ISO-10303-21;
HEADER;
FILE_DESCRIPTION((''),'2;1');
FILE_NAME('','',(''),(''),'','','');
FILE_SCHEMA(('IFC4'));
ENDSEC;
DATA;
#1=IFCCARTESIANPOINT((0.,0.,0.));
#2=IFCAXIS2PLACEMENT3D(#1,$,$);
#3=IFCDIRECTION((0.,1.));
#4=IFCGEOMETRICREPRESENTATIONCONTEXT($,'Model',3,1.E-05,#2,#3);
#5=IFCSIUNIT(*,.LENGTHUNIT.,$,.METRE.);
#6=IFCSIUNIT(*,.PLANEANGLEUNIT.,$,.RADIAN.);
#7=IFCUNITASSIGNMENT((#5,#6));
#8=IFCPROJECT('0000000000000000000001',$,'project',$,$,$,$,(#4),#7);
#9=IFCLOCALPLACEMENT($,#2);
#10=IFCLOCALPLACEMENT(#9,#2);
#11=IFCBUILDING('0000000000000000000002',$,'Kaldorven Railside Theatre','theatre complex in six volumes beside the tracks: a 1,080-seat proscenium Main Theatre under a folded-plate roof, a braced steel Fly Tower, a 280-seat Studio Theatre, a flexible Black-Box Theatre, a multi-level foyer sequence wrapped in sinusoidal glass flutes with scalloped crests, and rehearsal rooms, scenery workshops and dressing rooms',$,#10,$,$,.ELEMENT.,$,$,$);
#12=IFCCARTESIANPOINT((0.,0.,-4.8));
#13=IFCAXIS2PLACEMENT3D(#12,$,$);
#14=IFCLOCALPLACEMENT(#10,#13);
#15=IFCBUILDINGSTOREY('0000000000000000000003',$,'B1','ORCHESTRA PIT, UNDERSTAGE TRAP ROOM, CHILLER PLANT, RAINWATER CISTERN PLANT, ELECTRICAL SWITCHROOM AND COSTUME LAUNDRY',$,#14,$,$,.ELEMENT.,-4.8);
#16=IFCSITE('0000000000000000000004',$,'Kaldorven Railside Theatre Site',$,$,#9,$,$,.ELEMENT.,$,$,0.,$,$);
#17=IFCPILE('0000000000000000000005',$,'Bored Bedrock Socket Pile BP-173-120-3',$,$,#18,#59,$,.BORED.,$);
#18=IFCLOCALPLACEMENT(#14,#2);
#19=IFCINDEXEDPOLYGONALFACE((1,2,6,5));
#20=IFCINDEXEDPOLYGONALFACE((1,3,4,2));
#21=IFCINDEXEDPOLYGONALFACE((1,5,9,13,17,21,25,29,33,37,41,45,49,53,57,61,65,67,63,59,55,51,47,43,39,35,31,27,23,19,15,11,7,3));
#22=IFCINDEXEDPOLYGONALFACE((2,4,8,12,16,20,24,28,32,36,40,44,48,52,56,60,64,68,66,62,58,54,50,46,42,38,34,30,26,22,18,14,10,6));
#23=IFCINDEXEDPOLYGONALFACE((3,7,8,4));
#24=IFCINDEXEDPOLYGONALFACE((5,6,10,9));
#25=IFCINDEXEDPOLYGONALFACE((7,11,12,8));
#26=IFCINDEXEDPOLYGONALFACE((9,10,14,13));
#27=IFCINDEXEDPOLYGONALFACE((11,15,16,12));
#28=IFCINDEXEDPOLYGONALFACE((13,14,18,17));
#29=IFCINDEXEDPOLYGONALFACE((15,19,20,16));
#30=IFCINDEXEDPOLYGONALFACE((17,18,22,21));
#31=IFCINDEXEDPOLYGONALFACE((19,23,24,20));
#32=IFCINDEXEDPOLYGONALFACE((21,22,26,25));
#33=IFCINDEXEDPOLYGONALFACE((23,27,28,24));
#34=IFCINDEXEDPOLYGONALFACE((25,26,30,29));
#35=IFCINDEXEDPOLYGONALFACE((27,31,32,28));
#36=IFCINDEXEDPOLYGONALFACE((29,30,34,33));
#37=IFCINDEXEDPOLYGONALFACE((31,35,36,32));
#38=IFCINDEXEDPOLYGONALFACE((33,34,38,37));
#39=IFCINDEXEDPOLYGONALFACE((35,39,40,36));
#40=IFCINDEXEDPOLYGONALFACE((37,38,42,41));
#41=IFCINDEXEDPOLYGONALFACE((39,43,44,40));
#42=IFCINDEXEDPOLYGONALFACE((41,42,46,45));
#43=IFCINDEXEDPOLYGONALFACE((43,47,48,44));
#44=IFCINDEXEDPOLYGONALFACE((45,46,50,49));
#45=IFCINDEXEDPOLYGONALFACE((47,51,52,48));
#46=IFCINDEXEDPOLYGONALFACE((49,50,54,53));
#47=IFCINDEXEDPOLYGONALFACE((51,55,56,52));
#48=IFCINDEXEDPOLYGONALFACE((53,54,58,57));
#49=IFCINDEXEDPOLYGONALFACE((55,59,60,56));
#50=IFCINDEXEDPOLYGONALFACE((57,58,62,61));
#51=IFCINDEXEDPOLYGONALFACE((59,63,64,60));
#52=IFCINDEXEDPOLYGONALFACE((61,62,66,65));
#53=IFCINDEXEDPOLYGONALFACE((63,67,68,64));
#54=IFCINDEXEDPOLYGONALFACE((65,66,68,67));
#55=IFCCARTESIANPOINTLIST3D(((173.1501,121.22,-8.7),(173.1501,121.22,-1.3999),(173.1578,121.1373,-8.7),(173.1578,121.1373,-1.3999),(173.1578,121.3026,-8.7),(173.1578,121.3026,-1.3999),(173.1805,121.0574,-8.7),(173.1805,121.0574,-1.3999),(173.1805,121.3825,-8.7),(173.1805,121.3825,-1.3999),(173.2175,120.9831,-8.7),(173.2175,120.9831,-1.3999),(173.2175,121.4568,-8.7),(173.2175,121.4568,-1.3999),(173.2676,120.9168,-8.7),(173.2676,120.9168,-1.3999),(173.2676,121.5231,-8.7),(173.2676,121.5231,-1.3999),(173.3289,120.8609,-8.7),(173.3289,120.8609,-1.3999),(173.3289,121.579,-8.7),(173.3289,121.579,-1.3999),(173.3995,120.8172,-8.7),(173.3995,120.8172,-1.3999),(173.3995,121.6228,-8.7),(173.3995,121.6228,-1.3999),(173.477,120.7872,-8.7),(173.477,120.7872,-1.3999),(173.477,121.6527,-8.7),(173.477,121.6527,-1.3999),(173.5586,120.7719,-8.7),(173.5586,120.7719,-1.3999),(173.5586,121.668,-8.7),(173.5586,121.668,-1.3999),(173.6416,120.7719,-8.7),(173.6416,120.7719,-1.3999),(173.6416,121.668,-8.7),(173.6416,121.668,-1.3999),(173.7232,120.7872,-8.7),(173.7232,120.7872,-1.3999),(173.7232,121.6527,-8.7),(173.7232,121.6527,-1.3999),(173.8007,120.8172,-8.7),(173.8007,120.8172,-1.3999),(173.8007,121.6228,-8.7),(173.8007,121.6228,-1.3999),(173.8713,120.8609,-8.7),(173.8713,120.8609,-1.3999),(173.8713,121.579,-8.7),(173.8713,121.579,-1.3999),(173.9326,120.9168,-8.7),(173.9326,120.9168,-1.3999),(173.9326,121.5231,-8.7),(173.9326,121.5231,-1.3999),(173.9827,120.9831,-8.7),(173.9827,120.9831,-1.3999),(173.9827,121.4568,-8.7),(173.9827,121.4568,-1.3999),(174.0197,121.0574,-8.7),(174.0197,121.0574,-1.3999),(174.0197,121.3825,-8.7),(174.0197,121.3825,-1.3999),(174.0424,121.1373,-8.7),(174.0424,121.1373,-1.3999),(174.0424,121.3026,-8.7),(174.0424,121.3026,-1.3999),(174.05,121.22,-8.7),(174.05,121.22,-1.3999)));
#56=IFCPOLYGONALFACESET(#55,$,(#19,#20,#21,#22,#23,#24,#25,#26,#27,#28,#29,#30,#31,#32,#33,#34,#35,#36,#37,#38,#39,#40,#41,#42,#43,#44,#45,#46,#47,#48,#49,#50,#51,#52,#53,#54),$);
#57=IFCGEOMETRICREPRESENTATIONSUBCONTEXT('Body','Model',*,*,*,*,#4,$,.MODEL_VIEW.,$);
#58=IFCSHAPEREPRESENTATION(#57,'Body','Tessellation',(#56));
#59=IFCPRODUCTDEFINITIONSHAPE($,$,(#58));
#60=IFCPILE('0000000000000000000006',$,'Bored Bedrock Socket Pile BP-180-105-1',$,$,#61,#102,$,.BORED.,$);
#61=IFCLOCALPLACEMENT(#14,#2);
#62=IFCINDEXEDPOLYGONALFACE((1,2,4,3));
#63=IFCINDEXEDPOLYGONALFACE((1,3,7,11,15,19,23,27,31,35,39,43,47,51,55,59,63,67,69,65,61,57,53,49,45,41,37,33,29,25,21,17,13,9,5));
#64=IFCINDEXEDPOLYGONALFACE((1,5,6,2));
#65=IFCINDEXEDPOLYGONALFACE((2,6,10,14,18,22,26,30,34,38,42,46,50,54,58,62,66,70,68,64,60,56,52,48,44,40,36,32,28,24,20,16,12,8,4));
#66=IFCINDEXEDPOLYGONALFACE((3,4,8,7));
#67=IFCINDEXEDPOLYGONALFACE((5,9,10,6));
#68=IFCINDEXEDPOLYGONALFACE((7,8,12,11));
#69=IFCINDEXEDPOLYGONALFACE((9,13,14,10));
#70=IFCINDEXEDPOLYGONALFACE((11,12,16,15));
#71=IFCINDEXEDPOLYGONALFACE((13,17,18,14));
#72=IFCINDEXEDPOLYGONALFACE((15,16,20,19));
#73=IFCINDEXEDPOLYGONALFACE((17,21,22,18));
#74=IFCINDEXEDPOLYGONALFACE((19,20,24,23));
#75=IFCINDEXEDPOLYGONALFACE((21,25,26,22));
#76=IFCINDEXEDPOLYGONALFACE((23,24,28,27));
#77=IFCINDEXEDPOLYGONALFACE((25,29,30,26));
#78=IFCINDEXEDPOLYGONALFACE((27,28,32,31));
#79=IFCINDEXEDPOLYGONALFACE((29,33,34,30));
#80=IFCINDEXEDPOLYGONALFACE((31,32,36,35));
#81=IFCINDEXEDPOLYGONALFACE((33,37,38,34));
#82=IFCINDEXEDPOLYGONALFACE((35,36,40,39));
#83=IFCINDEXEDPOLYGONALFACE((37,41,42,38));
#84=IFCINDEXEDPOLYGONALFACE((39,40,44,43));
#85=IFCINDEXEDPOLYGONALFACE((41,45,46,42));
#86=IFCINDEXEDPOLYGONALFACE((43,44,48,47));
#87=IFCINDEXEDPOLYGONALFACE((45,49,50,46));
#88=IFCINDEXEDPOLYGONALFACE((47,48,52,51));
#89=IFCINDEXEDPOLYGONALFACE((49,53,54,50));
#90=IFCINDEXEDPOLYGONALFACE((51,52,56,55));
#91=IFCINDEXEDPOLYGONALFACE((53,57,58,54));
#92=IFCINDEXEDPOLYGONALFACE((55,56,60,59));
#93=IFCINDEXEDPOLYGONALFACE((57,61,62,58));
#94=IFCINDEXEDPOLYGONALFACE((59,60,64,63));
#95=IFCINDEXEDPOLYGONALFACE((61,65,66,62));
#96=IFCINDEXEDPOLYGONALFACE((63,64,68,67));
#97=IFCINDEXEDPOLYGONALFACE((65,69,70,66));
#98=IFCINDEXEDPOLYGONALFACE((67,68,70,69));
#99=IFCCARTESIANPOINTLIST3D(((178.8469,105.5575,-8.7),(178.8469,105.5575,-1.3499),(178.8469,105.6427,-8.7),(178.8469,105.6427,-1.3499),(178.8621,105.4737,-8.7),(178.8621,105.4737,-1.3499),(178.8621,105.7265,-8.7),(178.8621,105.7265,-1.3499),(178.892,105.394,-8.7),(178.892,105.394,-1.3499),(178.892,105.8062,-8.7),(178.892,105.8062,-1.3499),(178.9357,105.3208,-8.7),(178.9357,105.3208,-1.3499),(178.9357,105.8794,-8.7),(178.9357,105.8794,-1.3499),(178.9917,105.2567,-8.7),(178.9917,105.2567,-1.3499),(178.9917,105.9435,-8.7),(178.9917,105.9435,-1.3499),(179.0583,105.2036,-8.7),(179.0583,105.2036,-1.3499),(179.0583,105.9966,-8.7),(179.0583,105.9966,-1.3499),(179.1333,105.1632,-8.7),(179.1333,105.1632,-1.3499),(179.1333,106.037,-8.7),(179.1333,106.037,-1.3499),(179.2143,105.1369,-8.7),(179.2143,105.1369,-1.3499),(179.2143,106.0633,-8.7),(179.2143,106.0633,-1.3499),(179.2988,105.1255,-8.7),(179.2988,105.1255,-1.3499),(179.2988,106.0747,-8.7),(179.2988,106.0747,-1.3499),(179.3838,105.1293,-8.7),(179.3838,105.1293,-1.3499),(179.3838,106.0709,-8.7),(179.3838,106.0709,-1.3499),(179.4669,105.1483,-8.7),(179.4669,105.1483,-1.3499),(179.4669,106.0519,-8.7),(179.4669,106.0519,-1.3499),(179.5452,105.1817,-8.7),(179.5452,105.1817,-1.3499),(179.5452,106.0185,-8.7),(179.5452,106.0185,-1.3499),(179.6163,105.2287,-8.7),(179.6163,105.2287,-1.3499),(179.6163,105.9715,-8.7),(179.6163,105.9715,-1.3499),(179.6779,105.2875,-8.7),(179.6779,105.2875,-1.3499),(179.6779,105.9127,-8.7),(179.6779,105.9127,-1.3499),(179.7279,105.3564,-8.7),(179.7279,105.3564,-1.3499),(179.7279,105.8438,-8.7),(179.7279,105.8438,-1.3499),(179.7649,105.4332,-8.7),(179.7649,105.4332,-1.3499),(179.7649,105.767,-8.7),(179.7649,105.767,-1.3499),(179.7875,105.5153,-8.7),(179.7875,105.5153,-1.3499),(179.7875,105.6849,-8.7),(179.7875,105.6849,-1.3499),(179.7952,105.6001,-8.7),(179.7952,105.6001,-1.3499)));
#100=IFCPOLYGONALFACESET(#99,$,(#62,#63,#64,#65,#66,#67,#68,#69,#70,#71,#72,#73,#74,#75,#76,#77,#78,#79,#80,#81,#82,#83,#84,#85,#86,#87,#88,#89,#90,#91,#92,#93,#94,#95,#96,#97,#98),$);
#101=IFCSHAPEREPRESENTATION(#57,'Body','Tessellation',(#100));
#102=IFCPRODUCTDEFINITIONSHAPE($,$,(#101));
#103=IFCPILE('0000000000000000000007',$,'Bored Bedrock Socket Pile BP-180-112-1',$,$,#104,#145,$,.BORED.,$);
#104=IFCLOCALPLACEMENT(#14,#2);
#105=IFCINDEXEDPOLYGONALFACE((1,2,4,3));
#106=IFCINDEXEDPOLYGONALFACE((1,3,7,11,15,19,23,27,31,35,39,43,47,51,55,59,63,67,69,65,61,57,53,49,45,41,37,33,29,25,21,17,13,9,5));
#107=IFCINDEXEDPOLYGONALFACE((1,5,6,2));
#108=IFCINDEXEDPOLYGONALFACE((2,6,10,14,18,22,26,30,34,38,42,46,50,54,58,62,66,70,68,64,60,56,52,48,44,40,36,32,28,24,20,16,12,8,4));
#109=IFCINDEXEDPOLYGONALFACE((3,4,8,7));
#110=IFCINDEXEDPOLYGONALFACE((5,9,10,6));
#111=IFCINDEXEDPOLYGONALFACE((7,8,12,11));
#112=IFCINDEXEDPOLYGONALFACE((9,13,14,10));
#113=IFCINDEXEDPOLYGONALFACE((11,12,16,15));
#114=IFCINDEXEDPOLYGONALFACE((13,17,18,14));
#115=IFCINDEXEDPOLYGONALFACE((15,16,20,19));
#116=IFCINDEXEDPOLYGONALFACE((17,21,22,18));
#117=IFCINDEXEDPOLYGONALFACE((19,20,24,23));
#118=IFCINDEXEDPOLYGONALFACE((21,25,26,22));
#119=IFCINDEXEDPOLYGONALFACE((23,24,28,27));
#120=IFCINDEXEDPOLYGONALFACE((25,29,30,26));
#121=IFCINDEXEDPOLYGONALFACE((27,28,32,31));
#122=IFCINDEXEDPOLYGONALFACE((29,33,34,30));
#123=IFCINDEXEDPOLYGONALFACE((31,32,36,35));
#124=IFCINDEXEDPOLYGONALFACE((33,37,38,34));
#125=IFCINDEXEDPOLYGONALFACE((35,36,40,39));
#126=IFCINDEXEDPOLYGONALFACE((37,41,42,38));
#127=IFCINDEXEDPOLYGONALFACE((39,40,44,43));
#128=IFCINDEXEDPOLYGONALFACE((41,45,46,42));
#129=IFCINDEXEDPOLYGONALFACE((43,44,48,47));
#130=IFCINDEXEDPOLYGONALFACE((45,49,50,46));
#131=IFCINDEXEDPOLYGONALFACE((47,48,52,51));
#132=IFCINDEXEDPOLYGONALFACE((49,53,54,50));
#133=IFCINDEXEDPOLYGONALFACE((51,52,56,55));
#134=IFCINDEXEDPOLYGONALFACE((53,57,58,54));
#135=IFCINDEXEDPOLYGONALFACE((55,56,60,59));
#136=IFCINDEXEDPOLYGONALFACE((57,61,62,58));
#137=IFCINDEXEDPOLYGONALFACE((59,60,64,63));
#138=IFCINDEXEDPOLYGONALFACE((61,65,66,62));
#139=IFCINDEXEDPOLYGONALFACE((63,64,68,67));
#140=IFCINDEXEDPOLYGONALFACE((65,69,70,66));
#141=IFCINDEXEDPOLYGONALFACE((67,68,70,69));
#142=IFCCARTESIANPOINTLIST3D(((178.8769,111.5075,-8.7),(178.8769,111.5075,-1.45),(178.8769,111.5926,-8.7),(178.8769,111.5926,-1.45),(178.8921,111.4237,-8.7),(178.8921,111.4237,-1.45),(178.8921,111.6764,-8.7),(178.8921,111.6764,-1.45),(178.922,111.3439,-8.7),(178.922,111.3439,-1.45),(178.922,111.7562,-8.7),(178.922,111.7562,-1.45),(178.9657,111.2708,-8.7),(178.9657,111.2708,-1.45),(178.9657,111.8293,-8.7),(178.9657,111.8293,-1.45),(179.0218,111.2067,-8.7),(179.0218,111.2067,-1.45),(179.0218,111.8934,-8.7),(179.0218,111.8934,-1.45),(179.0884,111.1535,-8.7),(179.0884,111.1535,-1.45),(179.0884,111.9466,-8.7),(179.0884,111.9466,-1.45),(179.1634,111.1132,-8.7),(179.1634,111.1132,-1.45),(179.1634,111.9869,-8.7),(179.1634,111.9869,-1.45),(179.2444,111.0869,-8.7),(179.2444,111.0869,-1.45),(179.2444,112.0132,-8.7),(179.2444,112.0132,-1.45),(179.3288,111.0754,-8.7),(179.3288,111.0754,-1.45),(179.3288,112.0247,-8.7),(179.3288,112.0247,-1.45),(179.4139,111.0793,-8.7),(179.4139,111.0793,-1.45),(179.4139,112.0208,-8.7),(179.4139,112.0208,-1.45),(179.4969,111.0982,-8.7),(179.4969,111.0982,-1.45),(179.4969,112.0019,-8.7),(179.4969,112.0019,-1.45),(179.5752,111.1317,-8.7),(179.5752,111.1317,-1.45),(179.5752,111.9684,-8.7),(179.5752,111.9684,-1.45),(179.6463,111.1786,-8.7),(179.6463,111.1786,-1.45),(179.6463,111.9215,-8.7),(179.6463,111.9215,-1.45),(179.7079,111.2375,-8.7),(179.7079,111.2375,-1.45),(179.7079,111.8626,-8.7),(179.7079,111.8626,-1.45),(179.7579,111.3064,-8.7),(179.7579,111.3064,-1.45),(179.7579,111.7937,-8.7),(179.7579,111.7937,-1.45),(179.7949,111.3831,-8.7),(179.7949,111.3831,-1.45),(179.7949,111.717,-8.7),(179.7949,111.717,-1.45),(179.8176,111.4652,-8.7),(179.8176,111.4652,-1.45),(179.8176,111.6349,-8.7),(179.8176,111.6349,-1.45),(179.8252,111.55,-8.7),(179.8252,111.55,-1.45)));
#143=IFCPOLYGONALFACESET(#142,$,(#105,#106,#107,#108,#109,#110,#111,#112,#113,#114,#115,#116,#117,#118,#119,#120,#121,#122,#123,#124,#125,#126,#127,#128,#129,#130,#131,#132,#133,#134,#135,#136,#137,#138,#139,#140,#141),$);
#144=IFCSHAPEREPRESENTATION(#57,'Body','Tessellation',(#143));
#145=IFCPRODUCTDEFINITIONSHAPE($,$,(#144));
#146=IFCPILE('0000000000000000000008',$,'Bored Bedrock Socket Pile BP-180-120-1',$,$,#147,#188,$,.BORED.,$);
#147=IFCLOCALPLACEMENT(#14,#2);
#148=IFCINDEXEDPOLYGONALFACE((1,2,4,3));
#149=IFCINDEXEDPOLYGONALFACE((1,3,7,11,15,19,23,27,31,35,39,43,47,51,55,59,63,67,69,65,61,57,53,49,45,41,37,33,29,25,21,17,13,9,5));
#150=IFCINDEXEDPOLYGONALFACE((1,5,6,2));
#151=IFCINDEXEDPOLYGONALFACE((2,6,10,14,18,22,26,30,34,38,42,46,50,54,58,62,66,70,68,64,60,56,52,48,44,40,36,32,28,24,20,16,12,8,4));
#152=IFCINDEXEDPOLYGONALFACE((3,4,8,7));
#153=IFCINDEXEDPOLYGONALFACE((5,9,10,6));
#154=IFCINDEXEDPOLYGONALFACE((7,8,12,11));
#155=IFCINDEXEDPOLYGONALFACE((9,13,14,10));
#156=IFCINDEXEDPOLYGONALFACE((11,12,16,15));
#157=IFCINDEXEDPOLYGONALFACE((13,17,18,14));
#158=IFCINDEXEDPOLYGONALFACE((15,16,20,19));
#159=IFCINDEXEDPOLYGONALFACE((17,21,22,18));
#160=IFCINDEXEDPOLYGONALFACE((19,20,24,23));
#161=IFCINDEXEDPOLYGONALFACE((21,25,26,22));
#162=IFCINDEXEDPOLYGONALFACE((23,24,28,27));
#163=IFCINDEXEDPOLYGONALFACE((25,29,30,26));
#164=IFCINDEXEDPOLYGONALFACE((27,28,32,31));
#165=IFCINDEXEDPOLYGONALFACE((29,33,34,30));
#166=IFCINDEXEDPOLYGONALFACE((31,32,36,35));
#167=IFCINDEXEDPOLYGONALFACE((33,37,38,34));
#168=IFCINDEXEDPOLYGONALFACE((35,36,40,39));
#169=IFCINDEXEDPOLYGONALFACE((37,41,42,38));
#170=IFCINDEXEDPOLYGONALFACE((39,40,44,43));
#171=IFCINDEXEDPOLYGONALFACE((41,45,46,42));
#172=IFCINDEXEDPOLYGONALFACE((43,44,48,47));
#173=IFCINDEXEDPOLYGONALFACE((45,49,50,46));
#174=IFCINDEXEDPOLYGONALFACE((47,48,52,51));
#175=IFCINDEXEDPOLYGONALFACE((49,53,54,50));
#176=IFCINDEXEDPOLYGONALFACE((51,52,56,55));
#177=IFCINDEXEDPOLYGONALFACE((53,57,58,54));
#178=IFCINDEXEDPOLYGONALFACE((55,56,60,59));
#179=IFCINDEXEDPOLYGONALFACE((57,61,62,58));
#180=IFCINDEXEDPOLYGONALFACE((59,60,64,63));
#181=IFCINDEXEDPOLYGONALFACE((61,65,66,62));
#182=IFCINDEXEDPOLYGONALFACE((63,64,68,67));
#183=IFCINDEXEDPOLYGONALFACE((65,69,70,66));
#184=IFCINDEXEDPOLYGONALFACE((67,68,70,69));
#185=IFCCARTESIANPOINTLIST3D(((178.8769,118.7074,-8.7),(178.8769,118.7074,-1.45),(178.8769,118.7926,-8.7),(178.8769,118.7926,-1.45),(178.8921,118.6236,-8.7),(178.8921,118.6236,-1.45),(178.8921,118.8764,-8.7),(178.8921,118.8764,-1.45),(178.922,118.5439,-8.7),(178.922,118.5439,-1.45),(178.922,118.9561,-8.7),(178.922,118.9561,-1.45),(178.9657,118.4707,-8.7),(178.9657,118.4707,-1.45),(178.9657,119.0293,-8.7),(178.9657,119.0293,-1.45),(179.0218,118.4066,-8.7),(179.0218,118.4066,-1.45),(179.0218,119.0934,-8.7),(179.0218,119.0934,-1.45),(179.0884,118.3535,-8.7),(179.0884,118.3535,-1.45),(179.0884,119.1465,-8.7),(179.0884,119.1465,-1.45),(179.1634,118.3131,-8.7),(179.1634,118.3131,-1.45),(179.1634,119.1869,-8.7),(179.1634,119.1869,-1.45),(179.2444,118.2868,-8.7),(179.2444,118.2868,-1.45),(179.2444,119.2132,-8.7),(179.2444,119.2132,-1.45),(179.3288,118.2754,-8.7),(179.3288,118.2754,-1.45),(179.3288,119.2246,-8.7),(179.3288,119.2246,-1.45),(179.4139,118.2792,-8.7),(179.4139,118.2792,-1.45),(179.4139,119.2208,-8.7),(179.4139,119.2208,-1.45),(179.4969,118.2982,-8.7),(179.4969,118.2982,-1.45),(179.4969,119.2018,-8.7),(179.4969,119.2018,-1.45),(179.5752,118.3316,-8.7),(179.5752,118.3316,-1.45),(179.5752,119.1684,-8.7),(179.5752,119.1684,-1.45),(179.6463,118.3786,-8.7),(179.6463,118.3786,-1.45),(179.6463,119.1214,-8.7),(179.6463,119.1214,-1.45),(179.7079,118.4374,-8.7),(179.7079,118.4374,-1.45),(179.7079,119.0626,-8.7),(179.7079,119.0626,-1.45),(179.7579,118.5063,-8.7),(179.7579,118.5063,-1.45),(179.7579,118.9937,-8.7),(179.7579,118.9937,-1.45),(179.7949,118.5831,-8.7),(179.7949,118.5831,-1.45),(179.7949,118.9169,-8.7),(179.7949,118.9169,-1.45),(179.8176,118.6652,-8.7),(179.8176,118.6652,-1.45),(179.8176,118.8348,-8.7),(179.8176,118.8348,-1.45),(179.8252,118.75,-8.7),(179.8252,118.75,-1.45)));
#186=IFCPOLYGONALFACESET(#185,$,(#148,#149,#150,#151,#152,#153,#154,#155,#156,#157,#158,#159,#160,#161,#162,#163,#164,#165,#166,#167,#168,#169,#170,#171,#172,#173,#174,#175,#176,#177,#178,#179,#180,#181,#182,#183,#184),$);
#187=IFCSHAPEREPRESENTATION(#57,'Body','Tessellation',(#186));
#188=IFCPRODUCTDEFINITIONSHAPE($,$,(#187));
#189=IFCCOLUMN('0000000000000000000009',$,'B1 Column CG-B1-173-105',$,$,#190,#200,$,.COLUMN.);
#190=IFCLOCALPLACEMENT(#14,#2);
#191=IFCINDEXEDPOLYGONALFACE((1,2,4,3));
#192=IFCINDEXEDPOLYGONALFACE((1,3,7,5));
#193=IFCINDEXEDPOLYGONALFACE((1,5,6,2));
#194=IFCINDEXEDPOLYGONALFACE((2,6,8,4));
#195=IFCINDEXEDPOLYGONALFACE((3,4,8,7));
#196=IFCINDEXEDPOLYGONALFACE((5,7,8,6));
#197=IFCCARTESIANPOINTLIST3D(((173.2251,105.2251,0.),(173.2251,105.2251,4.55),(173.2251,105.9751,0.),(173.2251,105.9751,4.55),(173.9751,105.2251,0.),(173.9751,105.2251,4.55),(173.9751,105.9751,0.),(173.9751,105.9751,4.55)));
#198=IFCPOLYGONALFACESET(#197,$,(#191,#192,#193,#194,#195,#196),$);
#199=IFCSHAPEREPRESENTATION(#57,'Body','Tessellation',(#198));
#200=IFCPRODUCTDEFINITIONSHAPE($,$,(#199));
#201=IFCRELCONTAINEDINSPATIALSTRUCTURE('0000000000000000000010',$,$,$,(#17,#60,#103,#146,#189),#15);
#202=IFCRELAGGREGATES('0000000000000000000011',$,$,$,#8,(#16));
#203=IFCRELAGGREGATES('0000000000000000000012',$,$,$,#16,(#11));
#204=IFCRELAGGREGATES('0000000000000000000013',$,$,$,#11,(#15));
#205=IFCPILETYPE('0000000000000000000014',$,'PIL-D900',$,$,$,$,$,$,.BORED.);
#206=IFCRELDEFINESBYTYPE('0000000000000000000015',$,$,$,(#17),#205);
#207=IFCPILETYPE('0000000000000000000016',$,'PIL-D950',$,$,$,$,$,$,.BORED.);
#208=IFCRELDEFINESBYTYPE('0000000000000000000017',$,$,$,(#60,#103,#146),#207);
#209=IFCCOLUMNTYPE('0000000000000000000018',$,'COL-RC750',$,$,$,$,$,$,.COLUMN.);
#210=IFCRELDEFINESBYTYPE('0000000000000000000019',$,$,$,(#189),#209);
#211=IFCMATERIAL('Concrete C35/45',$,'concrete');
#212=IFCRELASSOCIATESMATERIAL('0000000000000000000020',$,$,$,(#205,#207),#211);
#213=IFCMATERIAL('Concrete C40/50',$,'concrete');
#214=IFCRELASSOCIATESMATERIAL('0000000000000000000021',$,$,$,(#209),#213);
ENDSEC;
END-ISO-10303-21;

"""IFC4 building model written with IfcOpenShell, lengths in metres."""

from ifc_helpers import new_model, si_unit, direction, frame, origin, origin_2d, place, context, subcontext, project, spatial, rectangle, circle, extrude, material, material_profile, profile_set, type_object, element, save


model = new_model("IFC4")

# Units and contexts
model_context = context("Model", 3, precision=1e-05, world=origin(), true_north=direction((0.0, 1.0)))
body_context = subcontext(model_context, "Body", "Model", "MODEL_VIEW")
ifc_project = project(units=[si_unit("LENGTHUNIT", "METRE"), si_unit("PLANEANGLEUNIT", "RADIAN")], contexts=[model_context])

# Site, building, storey
site_placement = place(None, origin())
site = spatial("IfcSite", under=ifc_project, at=site_placement, Name="Kaldorven Railside Theatre Site", CompositionType="ELEMENT", RefElevation=0.0)
building_placement = place(site_placement, origin())
building = spatial("IfcBuilding", under=site, at=building_placement, Name="Kaldorven Railside Theatre", Description="theatre complex in six volumes beside the tracks: a 1,080-seat proscenium Main Theatre under a folded-plate roof, a braced steel Fly Tower, a 280-seat Studio Theatre, a flexible Black-Box Theatre, a multi-level foyer sequence wrapped in sinusoidal glass flutes with scalloped crests, and rehearsal rooms, scenery workshops and dressing rooms", CompositionType="ELEMENT")
storey_placement = place(building_placement, frame((0.0, 0.0, -4.8)))
storey = spatial("IfcBuildingStorey", under=building, at=storey_placement, Name="B1", Description="ORCHESTRA PIT, UNDERSTAGE TRAP ROOM, CHILLER PLANT, RAINWATER CISTERN PLANT, ELECTRICAL SWITCHROOM AND COSTUME LAUNDRY", CompositionType="ELEMENT", Elevation=-4.8)

# Shared definitions
ifc_material_1 = material(Name="Concrete C40/50", Category="concrete")

# Piles
ifc_material_2 = material(Name="Concrete C35/45", Category="concrete")
ifc_material_profile_1 = material_profile(ifc_material_2, circle(Radius=0.45, at=origin_2d()), Name="BP D900")
ifc_profile_set_1 = profile_set([ifc_material_profile_1], Name="Concrete C35/45")
pile_type_1 = type_object("IfcPileType", Name="PIL-D900", PredefinedType="BORED", material=ifc_profile_set_1)
for number, where, z_axis, x_axis, name in (
    (1, (173.6001, 121.22, -1.3999), (0.0, 0.0, -1.0), (1.0, 0.0, 0.0), "Bored Bedrock Socket Pile BP-173-120-3"),
):
    element("IfcPile", number, at=place(storey_placement, frame(where, z_axis=z_axis, x_axis=x_axis)), inside=storey, type_object=pile_type_1, Name=name, PredefinedType="BORED", context=body_context, shape_type="SweptSolid", body=[
        extrude(circle(Radius=0.45, at=origin_2d()), origin(), (0.0, 0.0, 1.0), 7.3),
    ])
ifc_material_profile_2 = material_profile(ifc_material_2, circle(Radius=0.4751, at=origin_2d()), Name="BP D950")
ifc_profile_set_2 = profile_set([ifc_material_profile_2], Name="Concrete C35/45")
pile_type_2 = type_object("IfcPileType", Name="PIL-D950", PredefinedType="BORED", material=ifc_profile_set_2)
pile_placement = place(storey_placement, frame((179.3201, 105.6001, -1.3499), z_axis=(0.0, 0.0, -1.0), x_axis=(1.0, 0.0, 0.0)))
element("IfcPile", 2, at=pile_placement, inside=storey, type_object=pile_type_2, Name="Bored Bedrock Socket Pile BP-180-105-1", PredefinedType="BORED", context=body_context, shape_type="SweptSolid", body=[
    extrude(circle(Radius=0.4751, at=origin_2d()), origin(), (0.0, 0.0, 1.0), 7.3501),
])
for number, where, z_axis, x_axis, name in (
    (3, (179.3501, 111.55, -1.45), (0.0, 0.0, -1.0), (1.0, 0.0, 0.0), "Bored Bedrock Socket Pile BP-180-112-1"),
    (4, (179.3501, 118.75, -1.45), (0.0, 0.0, -1.0), (1.0, 0.0, 0.0), "Bored Bedrock Socket Pile BP-180-120-1"),
):
    element("IfcPile", number, at=place(storey_placement, frame(where, z_axis=z_axis, x_axis=x_axis)), inside=storey, type_object=pile_type_2, Name=name, PredefinedType="BORED", context=body_context, shape_type="SweptSolid", body=[
        extrude(circle(Radius=0.4751, at=origin_2d()), origin(), (0.0, 0.0, 1.0), 7.25),
    ])

# Column
ifc_material_profile_3 = material_profile(ifc_material_1, rectangle(XDim=0.75, YDim=0.75, at=origin_2d()), Name="RC 750x750")
ifc_profile_set_3 = profile_set([ifc_material_profile_3], Name="Concrete C40/50")
column_type = type_object("IfcColumnType", Name="COL-RC750", PredefinedType="COLUMN", material=ifc_profile_set_3)
column_placement = place(storey_placement, frame((173.6001, 105.6001, 0.0), z_axis=(0.0, 0.0, 1.0), x_axis=(0.0, 1.0, 0.0)))
element("IfcColumn", 5, at=column_placement, inside=storey, type_object=column_type, Name="B1 Column CG-B1-173-105", PredefinedType="COLUMN", context=body_context, shape_type="SweptSolid", body=[
    extrude(rectangle(XDim=0.75, YDim=0.75, at=origin_2d()), origin(), (0.0, 0.0, 1.0), 4.55),
])

save(model, "model.ifc")
